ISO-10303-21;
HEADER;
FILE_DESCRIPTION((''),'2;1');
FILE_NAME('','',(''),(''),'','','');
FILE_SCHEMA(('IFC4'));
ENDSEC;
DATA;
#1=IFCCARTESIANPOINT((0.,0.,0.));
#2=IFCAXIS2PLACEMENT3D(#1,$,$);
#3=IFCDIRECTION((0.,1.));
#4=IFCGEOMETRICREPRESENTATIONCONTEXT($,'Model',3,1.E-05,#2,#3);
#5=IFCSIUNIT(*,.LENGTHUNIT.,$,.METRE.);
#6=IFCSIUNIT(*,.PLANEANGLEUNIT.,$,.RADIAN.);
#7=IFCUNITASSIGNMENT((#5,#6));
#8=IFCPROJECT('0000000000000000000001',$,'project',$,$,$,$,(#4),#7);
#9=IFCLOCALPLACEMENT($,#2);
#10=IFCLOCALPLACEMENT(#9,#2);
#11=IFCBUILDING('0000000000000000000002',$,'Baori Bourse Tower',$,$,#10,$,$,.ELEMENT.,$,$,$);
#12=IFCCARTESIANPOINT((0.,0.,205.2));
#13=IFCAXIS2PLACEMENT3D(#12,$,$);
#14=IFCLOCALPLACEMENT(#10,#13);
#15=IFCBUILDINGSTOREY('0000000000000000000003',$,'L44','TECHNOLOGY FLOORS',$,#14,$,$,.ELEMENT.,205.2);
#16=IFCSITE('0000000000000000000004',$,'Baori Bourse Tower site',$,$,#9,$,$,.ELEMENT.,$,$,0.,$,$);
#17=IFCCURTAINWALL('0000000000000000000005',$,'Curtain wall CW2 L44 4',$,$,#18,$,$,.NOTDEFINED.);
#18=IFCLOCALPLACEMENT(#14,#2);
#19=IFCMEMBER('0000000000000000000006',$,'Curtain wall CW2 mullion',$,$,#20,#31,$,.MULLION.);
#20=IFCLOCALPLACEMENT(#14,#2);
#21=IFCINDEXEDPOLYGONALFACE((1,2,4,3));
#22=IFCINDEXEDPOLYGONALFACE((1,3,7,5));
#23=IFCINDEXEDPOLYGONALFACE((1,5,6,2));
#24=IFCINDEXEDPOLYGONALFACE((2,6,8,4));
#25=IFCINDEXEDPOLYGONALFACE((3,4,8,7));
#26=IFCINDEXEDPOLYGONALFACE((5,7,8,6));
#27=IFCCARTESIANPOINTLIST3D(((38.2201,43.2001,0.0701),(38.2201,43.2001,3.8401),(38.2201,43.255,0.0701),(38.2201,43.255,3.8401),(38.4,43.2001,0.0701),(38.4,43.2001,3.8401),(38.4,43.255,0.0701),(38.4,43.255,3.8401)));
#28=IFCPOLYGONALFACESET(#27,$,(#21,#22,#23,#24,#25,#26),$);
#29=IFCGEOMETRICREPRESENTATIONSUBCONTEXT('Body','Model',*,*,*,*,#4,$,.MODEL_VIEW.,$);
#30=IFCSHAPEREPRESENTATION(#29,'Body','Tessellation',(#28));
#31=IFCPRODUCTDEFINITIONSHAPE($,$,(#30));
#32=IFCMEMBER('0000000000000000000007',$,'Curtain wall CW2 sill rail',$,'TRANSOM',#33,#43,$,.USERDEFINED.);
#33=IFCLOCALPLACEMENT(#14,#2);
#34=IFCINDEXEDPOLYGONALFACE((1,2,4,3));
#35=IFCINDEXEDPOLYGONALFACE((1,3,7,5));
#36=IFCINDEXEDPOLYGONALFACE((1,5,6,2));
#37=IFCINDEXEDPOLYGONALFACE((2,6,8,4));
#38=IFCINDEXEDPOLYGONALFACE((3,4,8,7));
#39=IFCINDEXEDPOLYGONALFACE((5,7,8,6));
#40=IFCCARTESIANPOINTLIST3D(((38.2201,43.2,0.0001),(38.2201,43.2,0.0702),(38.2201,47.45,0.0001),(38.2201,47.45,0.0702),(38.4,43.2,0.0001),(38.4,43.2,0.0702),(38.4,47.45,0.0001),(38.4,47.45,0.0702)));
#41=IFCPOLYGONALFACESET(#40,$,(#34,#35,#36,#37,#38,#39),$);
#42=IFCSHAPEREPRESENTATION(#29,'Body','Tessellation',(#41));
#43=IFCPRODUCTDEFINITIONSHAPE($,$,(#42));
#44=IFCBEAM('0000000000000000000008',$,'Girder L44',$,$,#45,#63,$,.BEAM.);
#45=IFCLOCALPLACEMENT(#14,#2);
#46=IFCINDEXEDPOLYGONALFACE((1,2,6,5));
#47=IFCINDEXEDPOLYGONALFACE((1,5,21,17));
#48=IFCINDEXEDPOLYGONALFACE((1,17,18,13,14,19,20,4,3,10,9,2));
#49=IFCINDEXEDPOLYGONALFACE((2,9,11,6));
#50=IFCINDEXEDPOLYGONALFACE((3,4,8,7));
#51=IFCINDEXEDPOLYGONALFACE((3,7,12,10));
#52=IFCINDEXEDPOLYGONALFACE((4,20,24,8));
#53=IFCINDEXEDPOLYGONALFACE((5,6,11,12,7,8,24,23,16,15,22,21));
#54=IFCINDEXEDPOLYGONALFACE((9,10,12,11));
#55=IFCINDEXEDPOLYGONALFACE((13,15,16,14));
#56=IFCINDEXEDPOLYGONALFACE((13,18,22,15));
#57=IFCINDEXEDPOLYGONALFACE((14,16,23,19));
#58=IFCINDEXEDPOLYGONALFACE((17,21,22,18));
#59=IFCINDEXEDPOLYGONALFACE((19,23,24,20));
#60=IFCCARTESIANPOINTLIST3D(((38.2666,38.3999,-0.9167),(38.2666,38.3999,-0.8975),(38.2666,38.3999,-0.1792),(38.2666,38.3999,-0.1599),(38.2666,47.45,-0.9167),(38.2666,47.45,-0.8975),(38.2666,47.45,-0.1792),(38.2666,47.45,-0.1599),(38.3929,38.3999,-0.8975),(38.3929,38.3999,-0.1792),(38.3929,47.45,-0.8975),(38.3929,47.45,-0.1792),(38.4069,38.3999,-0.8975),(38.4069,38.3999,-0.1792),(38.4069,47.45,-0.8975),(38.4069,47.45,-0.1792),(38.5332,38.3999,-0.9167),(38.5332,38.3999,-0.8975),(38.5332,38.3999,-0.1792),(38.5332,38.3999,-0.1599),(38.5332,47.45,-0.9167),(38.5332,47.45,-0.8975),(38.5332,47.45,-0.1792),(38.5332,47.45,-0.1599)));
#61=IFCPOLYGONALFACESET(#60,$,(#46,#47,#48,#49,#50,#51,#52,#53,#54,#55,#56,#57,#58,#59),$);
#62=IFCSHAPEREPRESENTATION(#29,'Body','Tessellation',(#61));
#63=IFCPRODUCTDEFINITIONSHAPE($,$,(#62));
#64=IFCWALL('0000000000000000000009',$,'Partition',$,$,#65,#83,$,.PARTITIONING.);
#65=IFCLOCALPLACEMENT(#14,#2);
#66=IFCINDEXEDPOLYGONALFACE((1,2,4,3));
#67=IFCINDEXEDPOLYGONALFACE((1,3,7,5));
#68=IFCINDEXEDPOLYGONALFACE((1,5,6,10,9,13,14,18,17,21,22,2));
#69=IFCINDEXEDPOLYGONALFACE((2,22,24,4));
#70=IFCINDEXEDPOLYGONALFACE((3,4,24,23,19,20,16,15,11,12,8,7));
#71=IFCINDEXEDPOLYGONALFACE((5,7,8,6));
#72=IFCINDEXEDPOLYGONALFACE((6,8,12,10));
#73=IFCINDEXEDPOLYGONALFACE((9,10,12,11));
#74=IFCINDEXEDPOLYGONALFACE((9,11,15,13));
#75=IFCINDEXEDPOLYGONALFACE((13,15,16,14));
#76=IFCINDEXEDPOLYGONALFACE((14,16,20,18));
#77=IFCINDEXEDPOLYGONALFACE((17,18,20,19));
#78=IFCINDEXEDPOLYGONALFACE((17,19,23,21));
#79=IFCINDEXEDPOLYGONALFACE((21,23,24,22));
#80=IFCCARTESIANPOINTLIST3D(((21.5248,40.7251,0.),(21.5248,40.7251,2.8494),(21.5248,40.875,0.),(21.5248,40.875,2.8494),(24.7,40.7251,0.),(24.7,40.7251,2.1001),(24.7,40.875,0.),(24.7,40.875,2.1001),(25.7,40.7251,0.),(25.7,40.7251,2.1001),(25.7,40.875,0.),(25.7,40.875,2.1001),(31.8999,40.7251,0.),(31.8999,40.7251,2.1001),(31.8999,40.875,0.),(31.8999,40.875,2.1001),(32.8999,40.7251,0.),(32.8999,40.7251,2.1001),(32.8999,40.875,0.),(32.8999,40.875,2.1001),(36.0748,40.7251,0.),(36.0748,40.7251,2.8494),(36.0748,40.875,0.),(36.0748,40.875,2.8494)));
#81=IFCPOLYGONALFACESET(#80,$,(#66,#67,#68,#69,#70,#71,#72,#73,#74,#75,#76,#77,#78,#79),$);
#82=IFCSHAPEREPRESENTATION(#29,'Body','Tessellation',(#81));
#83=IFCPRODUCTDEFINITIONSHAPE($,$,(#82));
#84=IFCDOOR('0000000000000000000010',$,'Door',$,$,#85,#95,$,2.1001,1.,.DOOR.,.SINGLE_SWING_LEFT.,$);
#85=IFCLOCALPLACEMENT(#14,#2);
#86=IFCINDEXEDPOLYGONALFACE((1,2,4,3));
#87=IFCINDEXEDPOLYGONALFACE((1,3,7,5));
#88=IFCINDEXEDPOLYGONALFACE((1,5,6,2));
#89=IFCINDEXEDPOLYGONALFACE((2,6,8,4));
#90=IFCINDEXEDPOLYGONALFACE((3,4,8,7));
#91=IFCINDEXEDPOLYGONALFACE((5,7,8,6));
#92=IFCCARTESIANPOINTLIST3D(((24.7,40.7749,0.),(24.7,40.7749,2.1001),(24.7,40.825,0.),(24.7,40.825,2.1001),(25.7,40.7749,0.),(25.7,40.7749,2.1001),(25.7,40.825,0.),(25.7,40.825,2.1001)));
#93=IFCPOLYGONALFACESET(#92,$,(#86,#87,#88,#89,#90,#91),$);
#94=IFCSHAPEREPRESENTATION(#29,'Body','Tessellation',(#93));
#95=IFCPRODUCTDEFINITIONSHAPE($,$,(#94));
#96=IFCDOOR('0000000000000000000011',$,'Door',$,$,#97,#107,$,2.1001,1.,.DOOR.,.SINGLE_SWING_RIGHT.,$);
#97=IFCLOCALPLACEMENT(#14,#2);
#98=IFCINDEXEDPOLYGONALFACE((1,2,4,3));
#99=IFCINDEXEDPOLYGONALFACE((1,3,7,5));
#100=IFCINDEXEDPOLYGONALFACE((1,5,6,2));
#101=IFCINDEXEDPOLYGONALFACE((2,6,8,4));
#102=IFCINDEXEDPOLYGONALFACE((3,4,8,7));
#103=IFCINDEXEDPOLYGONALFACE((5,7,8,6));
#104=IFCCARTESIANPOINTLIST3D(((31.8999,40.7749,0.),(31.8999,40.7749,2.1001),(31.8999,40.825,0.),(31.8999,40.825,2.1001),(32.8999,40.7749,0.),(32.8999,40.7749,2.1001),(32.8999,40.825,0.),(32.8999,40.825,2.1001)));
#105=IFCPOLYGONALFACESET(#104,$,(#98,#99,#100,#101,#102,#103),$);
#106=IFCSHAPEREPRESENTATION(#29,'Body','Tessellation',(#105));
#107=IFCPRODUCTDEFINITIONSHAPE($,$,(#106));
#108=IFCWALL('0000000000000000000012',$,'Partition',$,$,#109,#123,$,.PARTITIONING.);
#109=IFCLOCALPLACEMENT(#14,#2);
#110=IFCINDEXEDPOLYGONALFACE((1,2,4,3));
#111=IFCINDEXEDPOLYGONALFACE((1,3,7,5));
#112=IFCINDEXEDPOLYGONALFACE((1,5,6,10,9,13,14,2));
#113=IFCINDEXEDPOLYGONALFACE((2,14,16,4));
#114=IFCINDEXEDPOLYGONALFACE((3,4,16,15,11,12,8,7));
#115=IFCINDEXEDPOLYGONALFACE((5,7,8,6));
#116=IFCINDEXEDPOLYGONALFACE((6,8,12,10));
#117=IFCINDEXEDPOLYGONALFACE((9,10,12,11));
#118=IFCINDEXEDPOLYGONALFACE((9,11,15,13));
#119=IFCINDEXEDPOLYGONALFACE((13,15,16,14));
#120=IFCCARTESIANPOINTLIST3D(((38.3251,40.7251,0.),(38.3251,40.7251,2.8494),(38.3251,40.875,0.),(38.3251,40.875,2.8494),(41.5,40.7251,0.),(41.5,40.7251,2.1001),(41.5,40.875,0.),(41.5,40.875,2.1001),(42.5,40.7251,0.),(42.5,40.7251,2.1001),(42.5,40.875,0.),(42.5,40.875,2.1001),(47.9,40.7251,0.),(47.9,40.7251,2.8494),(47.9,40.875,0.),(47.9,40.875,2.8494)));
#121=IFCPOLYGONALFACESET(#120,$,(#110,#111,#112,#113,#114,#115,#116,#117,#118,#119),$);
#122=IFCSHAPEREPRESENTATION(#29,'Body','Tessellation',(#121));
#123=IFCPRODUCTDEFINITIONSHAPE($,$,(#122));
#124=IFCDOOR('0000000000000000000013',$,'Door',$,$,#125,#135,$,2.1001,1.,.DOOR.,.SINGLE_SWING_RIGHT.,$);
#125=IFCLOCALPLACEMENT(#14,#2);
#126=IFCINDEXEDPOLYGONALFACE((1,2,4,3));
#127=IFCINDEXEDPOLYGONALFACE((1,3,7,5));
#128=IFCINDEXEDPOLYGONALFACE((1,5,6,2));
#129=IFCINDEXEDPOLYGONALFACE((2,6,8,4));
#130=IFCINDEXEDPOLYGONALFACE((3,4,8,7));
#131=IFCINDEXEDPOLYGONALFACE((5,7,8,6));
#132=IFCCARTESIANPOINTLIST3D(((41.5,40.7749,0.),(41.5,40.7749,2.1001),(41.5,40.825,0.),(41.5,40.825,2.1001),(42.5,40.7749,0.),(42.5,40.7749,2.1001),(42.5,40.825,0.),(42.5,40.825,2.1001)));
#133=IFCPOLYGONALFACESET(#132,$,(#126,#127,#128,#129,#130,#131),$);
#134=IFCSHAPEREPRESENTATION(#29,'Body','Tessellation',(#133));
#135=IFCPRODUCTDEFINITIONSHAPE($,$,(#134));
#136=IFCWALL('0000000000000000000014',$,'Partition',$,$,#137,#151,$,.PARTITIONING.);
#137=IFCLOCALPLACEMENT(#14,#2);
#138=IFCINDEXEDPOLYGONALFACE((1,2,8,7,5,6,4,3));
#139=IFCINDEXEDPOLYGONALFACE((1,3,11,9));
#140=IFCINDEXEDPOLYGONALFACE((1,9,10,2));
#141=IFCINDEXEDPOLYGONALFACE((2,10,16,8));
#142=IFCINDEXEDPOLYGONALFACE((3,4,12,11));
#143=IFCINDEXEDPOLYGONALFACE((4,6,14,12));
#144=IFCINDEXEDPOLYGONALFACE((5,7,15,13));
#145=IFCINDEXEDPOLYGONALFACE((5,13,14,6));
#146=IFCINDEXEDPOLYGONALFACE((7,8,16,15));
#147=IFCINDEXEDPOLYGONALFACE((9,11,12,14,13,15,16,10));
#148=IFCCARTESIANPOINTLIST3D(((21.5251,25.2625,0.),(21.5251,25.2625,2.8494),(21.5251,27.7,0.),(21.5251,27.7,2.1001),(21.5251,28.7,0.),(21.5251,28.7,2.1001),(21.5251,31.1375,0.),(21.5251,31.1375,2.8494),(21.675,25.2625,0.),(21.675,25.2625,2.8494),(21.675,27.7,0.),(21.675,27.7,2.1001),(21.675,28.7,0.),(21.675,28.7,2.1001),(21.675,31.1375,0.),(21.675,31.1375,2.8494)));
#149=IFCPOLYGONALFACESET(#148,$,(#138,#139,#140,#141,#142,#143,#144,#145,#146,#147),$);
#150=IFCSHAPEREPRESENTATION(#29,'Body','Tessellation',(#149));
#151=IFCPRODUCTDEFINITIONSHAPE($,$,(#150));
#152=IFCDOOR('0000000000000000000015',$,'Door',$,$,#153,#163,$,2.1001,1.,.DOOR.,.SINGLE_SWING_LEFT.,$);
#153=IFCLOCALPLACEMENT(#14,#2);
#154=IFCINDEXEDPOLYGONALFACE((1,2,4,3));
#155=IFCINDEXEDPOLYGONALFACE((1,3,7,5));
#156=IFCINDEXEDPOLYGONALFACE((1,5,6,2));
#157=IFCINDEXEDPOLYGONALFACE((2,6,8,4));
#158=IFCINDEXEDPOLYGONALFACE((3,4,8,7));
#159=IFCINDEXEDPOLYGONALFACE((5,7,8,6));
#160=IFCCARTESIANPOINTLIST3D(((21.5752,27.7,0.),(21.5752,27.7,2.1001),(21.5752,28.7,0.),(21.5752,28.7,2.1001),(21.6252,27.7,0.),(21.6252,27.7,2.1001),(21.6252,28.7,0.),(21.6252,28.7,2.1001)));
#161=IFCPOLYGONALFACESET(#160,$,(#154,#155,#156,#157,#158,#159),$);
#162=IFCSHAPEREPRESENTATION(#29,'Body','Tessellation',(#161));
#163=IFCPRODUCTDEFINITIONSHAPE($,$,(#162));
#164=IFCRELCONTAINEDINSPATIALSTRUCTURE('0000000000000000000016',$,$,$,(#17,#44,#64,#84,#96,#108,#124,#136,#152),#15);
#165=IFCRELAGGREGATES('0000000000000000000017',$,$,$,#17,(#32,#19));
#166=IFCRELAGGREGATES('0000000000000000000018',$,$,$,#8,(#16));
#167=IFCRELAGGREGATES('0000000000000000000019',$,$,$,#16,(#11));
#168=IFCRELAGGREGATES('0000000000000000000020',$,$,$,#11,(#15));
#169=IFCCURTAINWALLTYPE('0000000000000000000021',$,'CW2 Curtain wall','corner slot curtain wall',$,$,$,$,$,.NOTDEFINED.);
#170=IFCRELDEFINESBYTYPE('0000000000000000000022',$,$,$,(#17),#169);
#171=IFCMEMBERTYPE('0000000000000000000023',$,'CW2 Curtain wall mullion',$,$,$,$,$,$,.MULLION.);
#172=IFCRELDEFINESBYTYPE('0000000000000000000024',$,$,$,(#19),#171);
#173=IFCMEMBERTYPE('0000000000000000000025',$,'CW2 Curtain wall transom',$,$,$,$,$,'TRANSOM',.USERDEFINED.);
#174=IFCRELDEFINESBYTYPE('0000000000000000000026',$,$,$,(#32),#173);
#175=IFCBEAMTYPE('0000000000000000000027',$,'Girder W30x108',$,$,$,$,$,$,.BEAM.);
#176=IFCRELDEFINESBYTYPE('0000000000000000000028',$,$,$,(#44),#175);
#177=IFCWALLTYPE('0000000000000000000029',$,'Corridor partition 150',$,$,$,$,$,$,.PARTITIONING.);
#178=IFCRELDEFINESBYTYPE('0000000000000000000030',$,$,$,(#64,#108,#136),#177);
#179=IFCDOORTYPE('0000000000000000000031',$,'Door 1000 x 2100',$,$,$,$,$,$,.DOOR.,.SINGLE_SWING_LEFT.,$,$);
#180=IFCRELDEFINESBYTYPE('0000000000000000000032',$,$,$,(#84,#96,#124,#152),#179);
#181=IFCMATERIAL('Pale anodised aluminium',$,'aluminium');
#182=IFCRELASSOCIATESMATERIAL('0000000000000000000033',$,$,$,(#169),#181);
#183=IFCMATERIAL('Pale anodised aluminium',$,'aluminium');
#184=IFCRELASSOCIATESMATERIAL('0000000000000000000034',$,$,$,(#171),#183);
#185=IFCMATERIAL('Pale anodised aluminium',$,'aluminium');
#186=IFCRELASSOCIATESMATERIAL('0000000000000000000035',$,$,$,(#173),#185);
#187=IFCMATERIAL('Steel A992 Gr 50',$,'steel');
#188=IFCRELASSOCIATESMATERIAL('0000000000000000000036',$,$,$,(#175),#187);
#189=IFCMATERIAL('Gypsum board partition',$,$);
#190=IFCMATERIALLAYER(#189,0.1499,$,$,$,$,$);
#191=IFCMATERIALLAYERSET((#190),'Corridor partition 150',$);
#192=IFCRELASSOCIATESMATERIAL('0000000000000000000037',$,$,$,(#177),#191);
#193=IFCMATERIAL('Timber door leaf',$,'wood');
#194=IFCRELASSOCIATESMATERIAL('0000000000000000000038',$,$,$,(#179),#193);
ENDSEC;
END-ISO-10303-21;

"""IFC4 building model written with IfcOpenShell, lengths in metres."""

from ifc_helpers import new_model, si_unit, direction, frame, frame_2d, origin, origin_2d, place, context, subcontext, project, spatial, rectangle, i_section, extrude, material, layer, layer_set, material_profile, profile_set, type_object, element, fill, aggregate, save


model = new_model("IFC4")

# Units and contexts
model_context = context("Model", 3, precision=1e-05, world=origin(), true_north=direction((0.0, 1.0)))
body_context = subcontext(model_context, "Body", "Model", "MODEL_VIEW")
ifc_project = project(units=[si_unit("LENGTHUNIT", "METRE"), si_unit("PLANEANGLEUNIT", "RADIAN")], contexts=[model_context])

# Site, building, storey
site_placement = place(None, origin())
site = spatial("IfcSite", under=ifc_project, at=site_placement, Name="Baori Bourse Tower site", CompositionType="ELEMENT", RefElevation=0.0)
building_placement = place(site_placement, origin())
building = spatial("IfcBuilding", under=site, at=building_placement, Name="Baori Bourse Tower", CompositionType="ELEMENT")
storey_placement = place(building_placement, frame((0.0, 0.0, 205.2)))
storey = spatial("IfcBuildingStorey", under=building, at=storey_placement, Name="L44", Description="TECHNOLOGY FLOORS", CompositionType="ELEMENT", Elevation=205.2)

# Curtain wall, members
ifc_material_1 = material(Name="Pale anodised aluminium", Category="aluminium")
curtain_wall_type = type_object("IfcCurtainWallType", Name="CW2 Curtain wall", Description="corner slot curtain wall", PredefinedType="NOTDEFINED", material=ifc_material_1)
curtain_wall_placement = place(storey_placement, origin())
curtain_wall = element("IfcCurtainWall", 1, at=curtain_wall_placement, inside=storey, type_object=curtain_wall_type, Name="Curtain wall CW2 L44 4", PredefinedType="NOTDEFINED")
ifc_material_2 = material(Name="Pale anodised aluminium", Category="aluminium")
ifc_material_profile_1 = material_profile(ifc_material_2, rectangle(XDim=0.1799, YDim=0.0549, at=origin_2d()), Name="Mullion 55x180")
ifc_profile_set_1 = profile_set([ifc_material_profile_1], Name="Pale anodised aluminium")
member_type_1 = type_object("IfcMemberType", Name="CW2 Curtain wall mullion", PredefinedType="MULLION", material=ifc_profile_set_1)
member_1_placement = place(storey_placement, frame((38.3101, 43.2275, 0.0701), z_axis=(0.0, 0.0, 1.0), x_axis=(-1.0, 0.0, 0.0)))
member_1 = element("IfcMember", 2, at=member_1_placement, type_object=member_type_1, Name="Curtain wall CW2 mullion", PredefinedType="MULLION", context=body_context, shape_type="SweptSolid", body=[
    extrude(rectangle(XDim=0.1799, YDim=0.0549, at=origin_2d()), origin(), (0.0, 0.0, 1.0), 3.77),
])
ifc_material_3 = material(Name="Pale anodised aluminium", Category="aluminium")
ifc_material_profile_2 = material_profile(ifc_material_3, rectangle(XDim=0.1799, YDim=0.0701, at=origin_2d()), Name="Transom 70x180")
ifc_profile_set_2 = profile_set([ifc_material_profile_2], Name="Pale anodised aluminium")
member_type_2 = type_object("IfcMemberType", Name="CW2 Curtain wall transom", ElementType="TRANSOM", PredefinedType="USERDEFINED", material=ifc_profile_set_2)
member_2_placement = place(storey_placement, frame((38.3101, 43.2, 0.0352), z_axis=(0.0, 1.0, 0.0), x_axis=(-1.0, 0.0, 0.0)))
member_2 = element("IfcMember", 3, at=member_2_placement, type_object=member_type_2, Name="Curtain wall CW2 sill rail", ObjectType="TRANSOM", PredefinedType="USERDEFINED", context=body_context, shape_type="SweptSolid", body=[
    extrude(rectangle(XDim=0.1799, YDim=0.0701, at=origin_2d()), origin(), (0.0, 0.0, 1.0), 4.25),
])
aggregate(curtain_wall, [member_2, member_1])

# Beam
ifc_material_4 = material(Name="Steel A992 Gr 50", Category="steel")
ifc_material_profile_3 = material_profile(ifc_material_4, i_section(OverallWidth=0.2666, OverallDepth=0.7568, WebThickness=0.0139, FlangeThickness=0.0193, at=origin_2d()), Name="W30x108")
ifc_profile_set_3 = profile_set([ifc_material_profile_3], Name="Steel A992 Gr 50")
beam_type = type_object("IfcBeamType", Name="Girder W30x108", PredefinedType="BEAM", material=ifc_profile_set_3)
beam_placement = place(storey_placement, frame((38.3999, 38.3999, -0.5383), z_axis=(0.0, 1.0, 0.0), x_axis=(-1.0, 0.0, 0.0)))
element("IfcBeam", 4, at=beam_placement, inside=storey, type_object=beam_type, Name="Girder L44", PredefinedType="BEAM", context=body_context, shape_type="SweptSolid", body=[
    extrude(i_section(OverallWidth=0.2666, OverallDepth=0.7568, WebThickness=0.0139, FlangeThickness=0.0193, at=origin_2d()), origin(), (0.0, 0.0, 1.0), 9.05),
])

# Wall, openings, doors
ifc_material_5 = material(Name="Gypsum board partition")
ifc_layer_1 = layer(ifc_material_5, 0.1499)
ifc_layer_set_1 = layer_set([ifc_layer_1], Name="Corridor partition 150")
wall_type_1 = type_object("IfcWallType", Name="Corridor partition 150", PredefinedType="PARTITIONING", material=ifc_layer_set_1)
wall_1_placement = place(storey_placement, frame((21.5249, 40.8, 0.0), z_axis=(0.0, 0.0, 1.0), x_axis=(1.0, 0.0, 0.0)))
wall_1 = element("IfcWall", 5, at=wall_1_placement, inside=storey, type_object=wall_type_1, Name="Partition", PredefinedType="PARTITIONING", context=body_context, shape_type="SweptSolid", body=[
    extrude(rectangle(XDim=14.55, YDim=0.1499, at=frame_2d((7.2749, 0.0))), origin(), (0.0, 0.0, 1.0), 2.8494),
])
opening_1_placement = place(wall_1_placement, frame((3.175, 0.0, 0.0)))
opening_1 = element("IfcOpeningElement", 6, at=opening_1_placement, cuts=wall_1, PredefinedType="OPENING", context=body_context, shape_type="SweptSolid", body=[
    extrude(rectangle(XDim=1.0, YDim=2.1001, at=frame_2d((0.5, 1.05))), frame((0.0, 0.085, 0.0), z_axis=(0.0, -1.0, 0.0), x_axis=(1.0, 0.0, 0.0)), (0.0, 0.0, 1.0), 0.1699),
])
opening_2_placement = place(wall_1_placement, frame((10.375, 0.0, 0.0)))
opening_2 = element("IfcOpeningElement", 7, at=opening_2_placement, cuts=wall_1, PredefinedType="OPENING", context=body_context, shape_type="SweptSolid", body=[
    extrude(rectangle(XDim=1.0, YDim=2.1001, at=frame_2d((0.5, 1.05))), frame((0.0, 0.085, 0.0), z_axis=(0.0, -1.0, 0.0), x_axis=(1.0, 0.0, 0.0)), (0.0, 0.0, 1.0), 0.1699),
])
ifc_material_6 = material(Name="Timber door leaf", Category="wood")
door_type = type_object("IfcDoorType", Name="Door 1000 x 2100", OperationType="SINGLE_SWING_LEFT", PredefinedType="DOOR", material=ifc_material_6)
door_1_placement = place(opening_1_placement, origin())
door_1 = element("IfcDoor", 8, at=door_1_placement, inside=storey, type_object=door_type, Name="Door", OperationType="SINGLE_SWING_LEFT", OverallHeight=2.1001, OverallWidth=1.0, PredefinedType="DOOR", context=body_context, shape_type="SweptSolid", body=[
    extrude(rectangle(XDim=1.0, YDim=2.1001, at=frame_2d((0.5, 1.05))), frame((0.0, 0.0249, 0.0), z_axis=(0.0, -1.0, 0.0), x_axis=(1.0, 0.0, 0.0)), (0.0, 0.0, 1.0), 0.05),
])
fill(opening_1, door_1)
door_2_placement = place(opening_2_placement, origin())
door_2 = element("IfcDoor", 9, at=door_2_placement, inside=storey, type_object=door_type, Name="Door", OperationType="SINGLE_SWING_RIGHT", OverallHeight=2.1001, OverallWidth=1.0, PredefinedType="DOOR", context=body_context, shape_type="SweptSolid", body=[
    extrude(rectangle(XDim=1.0, YDim=2.1001, at=frame_2d((0.5, 1.05))), frame((0.0, 0.0249, 0.0), z_axis=(0.0, -1.0, 0.0), x_axis=(1.0, 0.0, 0.0)), (0.0, 0.0, 1.0), 0.05),
])
fill(opening_2, door_2)

# Walls, openings, doors
wall_2_placement = place(storey_placement, frame((38.325, 40.8, 0.0), z_axis=(0.0, 0.0, 1.0), x_axis=(1.0, 0.0, 0.0)))
wall_2 = element("IfcWall", 10, at=wall_2_placement, inside=storey, type_object=wall_type_1, Name="Partition", PredefinedType="PARTITIONING", context=body_context, shape_type="SweptSolid", body=[
    extrude(rectangle(XDim=9.575, YDim=0.1499, at=frame_2d((4.7876, 0.0))), origin(), (0.0, 0.0, 1.0), 2.8494),
])
opening_3_placement = place(wall_2_placement, frame((3.175, 0.0, 0.0)))
opening_3 = element("IfcOpeningElement", 11, at=opening_3_placement, cuts=wall_2, PredefinedType="OPENING", context=body_context, shape_type="SweptSolid", body=[
    extrude(rectangle(XDim=1.0, YDim=2.1001, at=frame_2d((0.5, 1.05))), frame((0.0, 0.085, 0.0), z_axis=(0.0, -1.0, 0.0), x_axis=(1.0, 0.0, 0.0)), (0.0, 0.0, 1.0), 0.1699),
])
door_3_placement = place(opening_3_placement, origin())
door_3 = element("IfcDoor", 12, at=door_3_placement, inside=storey, type_object=door_type, Name="Door", OperationType="SINGLE_SWING_RIGHT", OverallHeight=2.1001, OverallWidth=1.0, PredefinedType="DOOR", context=body_context, shape_type="SweptSolid", body=[
    extrude(rectangle(XDim=1.0, YDim=2.1001, at=frame_2d((0.5, 1.05))), frame((0.0, 0.0249, 0.0), z_axis=(0.0, -1.0, 0.0), x_axis=(1.0, 0.0, 0.0)), (0.0, 0.0, 1.0), 0.05),
])
fill(opening_3, door_3)
wall_3_placement = place(storey_placement, frame((21.6001, 25.2625, 0.0), z_axis=(0.0, 0.0, 1.0), x_axis=(0.0, 1.0, 0.0)))
wall_3 = element("IfcWall", 13, at=wall_3_placement, inside=storey, type_object=wall_type_1, Name="Partition", PredefinedType="PARTITIONING", context=body_context, shape_type="SweptSolid", body=[
    extrude(rectangle(XDim=5.875, YDim=0.1499, at=frame_2d((2.9375, 0.0))), origin(), (0.0, 0.0, 1.0), 2.8494),
])
opening_4_placement = place(wall_3_placement, frame((2.4375, 0.0, 0.0)))
opening_4 = element("IfcOpeningElement", 14, at=opening_4_placement, cuts=wall_3, PredefinedType="OPENING", context=body_context, shape_type="SweptSolid", body=[
    extrude(rectangle(XDim=1.0, YDim=2.1001, at=frame_2d((0.5, 1.05))), frame((0.0, 0.085, 0.0), z_axis=(0.0, -1.0, 0.0), x_axis=(1.0, 0.0, 0.0)), (0.0, 0.0, 1.0), 0.1699),
])
door_4_placement = place(opening_4_placement, origin())
door_4 = element("IfcDoor", 15, at=door_4_placement, inside=storey, type_object=door_type, Name="Door", OperationType="SINGLE_SWING_LEFT", OverallHeight=2.1001, OverallWidth=1.0, PredefinedType="DOOR", context=body_context, shape_type="SweptSolid", body=[
    extrude(rectangle(XDim=1.0, YDim=2.1001, at=frame_2d((0.5, 1.05))), frame((0.0, 0.0249, 0.0), z_axis=(0.0, -1.0, 0.0), x_axis=(1.0, 0.0, 0.0)), (0.0, 0.0, 1.0), 0.05),
])
fill(opening_4, door_4)

save(model, "model.ifc")
